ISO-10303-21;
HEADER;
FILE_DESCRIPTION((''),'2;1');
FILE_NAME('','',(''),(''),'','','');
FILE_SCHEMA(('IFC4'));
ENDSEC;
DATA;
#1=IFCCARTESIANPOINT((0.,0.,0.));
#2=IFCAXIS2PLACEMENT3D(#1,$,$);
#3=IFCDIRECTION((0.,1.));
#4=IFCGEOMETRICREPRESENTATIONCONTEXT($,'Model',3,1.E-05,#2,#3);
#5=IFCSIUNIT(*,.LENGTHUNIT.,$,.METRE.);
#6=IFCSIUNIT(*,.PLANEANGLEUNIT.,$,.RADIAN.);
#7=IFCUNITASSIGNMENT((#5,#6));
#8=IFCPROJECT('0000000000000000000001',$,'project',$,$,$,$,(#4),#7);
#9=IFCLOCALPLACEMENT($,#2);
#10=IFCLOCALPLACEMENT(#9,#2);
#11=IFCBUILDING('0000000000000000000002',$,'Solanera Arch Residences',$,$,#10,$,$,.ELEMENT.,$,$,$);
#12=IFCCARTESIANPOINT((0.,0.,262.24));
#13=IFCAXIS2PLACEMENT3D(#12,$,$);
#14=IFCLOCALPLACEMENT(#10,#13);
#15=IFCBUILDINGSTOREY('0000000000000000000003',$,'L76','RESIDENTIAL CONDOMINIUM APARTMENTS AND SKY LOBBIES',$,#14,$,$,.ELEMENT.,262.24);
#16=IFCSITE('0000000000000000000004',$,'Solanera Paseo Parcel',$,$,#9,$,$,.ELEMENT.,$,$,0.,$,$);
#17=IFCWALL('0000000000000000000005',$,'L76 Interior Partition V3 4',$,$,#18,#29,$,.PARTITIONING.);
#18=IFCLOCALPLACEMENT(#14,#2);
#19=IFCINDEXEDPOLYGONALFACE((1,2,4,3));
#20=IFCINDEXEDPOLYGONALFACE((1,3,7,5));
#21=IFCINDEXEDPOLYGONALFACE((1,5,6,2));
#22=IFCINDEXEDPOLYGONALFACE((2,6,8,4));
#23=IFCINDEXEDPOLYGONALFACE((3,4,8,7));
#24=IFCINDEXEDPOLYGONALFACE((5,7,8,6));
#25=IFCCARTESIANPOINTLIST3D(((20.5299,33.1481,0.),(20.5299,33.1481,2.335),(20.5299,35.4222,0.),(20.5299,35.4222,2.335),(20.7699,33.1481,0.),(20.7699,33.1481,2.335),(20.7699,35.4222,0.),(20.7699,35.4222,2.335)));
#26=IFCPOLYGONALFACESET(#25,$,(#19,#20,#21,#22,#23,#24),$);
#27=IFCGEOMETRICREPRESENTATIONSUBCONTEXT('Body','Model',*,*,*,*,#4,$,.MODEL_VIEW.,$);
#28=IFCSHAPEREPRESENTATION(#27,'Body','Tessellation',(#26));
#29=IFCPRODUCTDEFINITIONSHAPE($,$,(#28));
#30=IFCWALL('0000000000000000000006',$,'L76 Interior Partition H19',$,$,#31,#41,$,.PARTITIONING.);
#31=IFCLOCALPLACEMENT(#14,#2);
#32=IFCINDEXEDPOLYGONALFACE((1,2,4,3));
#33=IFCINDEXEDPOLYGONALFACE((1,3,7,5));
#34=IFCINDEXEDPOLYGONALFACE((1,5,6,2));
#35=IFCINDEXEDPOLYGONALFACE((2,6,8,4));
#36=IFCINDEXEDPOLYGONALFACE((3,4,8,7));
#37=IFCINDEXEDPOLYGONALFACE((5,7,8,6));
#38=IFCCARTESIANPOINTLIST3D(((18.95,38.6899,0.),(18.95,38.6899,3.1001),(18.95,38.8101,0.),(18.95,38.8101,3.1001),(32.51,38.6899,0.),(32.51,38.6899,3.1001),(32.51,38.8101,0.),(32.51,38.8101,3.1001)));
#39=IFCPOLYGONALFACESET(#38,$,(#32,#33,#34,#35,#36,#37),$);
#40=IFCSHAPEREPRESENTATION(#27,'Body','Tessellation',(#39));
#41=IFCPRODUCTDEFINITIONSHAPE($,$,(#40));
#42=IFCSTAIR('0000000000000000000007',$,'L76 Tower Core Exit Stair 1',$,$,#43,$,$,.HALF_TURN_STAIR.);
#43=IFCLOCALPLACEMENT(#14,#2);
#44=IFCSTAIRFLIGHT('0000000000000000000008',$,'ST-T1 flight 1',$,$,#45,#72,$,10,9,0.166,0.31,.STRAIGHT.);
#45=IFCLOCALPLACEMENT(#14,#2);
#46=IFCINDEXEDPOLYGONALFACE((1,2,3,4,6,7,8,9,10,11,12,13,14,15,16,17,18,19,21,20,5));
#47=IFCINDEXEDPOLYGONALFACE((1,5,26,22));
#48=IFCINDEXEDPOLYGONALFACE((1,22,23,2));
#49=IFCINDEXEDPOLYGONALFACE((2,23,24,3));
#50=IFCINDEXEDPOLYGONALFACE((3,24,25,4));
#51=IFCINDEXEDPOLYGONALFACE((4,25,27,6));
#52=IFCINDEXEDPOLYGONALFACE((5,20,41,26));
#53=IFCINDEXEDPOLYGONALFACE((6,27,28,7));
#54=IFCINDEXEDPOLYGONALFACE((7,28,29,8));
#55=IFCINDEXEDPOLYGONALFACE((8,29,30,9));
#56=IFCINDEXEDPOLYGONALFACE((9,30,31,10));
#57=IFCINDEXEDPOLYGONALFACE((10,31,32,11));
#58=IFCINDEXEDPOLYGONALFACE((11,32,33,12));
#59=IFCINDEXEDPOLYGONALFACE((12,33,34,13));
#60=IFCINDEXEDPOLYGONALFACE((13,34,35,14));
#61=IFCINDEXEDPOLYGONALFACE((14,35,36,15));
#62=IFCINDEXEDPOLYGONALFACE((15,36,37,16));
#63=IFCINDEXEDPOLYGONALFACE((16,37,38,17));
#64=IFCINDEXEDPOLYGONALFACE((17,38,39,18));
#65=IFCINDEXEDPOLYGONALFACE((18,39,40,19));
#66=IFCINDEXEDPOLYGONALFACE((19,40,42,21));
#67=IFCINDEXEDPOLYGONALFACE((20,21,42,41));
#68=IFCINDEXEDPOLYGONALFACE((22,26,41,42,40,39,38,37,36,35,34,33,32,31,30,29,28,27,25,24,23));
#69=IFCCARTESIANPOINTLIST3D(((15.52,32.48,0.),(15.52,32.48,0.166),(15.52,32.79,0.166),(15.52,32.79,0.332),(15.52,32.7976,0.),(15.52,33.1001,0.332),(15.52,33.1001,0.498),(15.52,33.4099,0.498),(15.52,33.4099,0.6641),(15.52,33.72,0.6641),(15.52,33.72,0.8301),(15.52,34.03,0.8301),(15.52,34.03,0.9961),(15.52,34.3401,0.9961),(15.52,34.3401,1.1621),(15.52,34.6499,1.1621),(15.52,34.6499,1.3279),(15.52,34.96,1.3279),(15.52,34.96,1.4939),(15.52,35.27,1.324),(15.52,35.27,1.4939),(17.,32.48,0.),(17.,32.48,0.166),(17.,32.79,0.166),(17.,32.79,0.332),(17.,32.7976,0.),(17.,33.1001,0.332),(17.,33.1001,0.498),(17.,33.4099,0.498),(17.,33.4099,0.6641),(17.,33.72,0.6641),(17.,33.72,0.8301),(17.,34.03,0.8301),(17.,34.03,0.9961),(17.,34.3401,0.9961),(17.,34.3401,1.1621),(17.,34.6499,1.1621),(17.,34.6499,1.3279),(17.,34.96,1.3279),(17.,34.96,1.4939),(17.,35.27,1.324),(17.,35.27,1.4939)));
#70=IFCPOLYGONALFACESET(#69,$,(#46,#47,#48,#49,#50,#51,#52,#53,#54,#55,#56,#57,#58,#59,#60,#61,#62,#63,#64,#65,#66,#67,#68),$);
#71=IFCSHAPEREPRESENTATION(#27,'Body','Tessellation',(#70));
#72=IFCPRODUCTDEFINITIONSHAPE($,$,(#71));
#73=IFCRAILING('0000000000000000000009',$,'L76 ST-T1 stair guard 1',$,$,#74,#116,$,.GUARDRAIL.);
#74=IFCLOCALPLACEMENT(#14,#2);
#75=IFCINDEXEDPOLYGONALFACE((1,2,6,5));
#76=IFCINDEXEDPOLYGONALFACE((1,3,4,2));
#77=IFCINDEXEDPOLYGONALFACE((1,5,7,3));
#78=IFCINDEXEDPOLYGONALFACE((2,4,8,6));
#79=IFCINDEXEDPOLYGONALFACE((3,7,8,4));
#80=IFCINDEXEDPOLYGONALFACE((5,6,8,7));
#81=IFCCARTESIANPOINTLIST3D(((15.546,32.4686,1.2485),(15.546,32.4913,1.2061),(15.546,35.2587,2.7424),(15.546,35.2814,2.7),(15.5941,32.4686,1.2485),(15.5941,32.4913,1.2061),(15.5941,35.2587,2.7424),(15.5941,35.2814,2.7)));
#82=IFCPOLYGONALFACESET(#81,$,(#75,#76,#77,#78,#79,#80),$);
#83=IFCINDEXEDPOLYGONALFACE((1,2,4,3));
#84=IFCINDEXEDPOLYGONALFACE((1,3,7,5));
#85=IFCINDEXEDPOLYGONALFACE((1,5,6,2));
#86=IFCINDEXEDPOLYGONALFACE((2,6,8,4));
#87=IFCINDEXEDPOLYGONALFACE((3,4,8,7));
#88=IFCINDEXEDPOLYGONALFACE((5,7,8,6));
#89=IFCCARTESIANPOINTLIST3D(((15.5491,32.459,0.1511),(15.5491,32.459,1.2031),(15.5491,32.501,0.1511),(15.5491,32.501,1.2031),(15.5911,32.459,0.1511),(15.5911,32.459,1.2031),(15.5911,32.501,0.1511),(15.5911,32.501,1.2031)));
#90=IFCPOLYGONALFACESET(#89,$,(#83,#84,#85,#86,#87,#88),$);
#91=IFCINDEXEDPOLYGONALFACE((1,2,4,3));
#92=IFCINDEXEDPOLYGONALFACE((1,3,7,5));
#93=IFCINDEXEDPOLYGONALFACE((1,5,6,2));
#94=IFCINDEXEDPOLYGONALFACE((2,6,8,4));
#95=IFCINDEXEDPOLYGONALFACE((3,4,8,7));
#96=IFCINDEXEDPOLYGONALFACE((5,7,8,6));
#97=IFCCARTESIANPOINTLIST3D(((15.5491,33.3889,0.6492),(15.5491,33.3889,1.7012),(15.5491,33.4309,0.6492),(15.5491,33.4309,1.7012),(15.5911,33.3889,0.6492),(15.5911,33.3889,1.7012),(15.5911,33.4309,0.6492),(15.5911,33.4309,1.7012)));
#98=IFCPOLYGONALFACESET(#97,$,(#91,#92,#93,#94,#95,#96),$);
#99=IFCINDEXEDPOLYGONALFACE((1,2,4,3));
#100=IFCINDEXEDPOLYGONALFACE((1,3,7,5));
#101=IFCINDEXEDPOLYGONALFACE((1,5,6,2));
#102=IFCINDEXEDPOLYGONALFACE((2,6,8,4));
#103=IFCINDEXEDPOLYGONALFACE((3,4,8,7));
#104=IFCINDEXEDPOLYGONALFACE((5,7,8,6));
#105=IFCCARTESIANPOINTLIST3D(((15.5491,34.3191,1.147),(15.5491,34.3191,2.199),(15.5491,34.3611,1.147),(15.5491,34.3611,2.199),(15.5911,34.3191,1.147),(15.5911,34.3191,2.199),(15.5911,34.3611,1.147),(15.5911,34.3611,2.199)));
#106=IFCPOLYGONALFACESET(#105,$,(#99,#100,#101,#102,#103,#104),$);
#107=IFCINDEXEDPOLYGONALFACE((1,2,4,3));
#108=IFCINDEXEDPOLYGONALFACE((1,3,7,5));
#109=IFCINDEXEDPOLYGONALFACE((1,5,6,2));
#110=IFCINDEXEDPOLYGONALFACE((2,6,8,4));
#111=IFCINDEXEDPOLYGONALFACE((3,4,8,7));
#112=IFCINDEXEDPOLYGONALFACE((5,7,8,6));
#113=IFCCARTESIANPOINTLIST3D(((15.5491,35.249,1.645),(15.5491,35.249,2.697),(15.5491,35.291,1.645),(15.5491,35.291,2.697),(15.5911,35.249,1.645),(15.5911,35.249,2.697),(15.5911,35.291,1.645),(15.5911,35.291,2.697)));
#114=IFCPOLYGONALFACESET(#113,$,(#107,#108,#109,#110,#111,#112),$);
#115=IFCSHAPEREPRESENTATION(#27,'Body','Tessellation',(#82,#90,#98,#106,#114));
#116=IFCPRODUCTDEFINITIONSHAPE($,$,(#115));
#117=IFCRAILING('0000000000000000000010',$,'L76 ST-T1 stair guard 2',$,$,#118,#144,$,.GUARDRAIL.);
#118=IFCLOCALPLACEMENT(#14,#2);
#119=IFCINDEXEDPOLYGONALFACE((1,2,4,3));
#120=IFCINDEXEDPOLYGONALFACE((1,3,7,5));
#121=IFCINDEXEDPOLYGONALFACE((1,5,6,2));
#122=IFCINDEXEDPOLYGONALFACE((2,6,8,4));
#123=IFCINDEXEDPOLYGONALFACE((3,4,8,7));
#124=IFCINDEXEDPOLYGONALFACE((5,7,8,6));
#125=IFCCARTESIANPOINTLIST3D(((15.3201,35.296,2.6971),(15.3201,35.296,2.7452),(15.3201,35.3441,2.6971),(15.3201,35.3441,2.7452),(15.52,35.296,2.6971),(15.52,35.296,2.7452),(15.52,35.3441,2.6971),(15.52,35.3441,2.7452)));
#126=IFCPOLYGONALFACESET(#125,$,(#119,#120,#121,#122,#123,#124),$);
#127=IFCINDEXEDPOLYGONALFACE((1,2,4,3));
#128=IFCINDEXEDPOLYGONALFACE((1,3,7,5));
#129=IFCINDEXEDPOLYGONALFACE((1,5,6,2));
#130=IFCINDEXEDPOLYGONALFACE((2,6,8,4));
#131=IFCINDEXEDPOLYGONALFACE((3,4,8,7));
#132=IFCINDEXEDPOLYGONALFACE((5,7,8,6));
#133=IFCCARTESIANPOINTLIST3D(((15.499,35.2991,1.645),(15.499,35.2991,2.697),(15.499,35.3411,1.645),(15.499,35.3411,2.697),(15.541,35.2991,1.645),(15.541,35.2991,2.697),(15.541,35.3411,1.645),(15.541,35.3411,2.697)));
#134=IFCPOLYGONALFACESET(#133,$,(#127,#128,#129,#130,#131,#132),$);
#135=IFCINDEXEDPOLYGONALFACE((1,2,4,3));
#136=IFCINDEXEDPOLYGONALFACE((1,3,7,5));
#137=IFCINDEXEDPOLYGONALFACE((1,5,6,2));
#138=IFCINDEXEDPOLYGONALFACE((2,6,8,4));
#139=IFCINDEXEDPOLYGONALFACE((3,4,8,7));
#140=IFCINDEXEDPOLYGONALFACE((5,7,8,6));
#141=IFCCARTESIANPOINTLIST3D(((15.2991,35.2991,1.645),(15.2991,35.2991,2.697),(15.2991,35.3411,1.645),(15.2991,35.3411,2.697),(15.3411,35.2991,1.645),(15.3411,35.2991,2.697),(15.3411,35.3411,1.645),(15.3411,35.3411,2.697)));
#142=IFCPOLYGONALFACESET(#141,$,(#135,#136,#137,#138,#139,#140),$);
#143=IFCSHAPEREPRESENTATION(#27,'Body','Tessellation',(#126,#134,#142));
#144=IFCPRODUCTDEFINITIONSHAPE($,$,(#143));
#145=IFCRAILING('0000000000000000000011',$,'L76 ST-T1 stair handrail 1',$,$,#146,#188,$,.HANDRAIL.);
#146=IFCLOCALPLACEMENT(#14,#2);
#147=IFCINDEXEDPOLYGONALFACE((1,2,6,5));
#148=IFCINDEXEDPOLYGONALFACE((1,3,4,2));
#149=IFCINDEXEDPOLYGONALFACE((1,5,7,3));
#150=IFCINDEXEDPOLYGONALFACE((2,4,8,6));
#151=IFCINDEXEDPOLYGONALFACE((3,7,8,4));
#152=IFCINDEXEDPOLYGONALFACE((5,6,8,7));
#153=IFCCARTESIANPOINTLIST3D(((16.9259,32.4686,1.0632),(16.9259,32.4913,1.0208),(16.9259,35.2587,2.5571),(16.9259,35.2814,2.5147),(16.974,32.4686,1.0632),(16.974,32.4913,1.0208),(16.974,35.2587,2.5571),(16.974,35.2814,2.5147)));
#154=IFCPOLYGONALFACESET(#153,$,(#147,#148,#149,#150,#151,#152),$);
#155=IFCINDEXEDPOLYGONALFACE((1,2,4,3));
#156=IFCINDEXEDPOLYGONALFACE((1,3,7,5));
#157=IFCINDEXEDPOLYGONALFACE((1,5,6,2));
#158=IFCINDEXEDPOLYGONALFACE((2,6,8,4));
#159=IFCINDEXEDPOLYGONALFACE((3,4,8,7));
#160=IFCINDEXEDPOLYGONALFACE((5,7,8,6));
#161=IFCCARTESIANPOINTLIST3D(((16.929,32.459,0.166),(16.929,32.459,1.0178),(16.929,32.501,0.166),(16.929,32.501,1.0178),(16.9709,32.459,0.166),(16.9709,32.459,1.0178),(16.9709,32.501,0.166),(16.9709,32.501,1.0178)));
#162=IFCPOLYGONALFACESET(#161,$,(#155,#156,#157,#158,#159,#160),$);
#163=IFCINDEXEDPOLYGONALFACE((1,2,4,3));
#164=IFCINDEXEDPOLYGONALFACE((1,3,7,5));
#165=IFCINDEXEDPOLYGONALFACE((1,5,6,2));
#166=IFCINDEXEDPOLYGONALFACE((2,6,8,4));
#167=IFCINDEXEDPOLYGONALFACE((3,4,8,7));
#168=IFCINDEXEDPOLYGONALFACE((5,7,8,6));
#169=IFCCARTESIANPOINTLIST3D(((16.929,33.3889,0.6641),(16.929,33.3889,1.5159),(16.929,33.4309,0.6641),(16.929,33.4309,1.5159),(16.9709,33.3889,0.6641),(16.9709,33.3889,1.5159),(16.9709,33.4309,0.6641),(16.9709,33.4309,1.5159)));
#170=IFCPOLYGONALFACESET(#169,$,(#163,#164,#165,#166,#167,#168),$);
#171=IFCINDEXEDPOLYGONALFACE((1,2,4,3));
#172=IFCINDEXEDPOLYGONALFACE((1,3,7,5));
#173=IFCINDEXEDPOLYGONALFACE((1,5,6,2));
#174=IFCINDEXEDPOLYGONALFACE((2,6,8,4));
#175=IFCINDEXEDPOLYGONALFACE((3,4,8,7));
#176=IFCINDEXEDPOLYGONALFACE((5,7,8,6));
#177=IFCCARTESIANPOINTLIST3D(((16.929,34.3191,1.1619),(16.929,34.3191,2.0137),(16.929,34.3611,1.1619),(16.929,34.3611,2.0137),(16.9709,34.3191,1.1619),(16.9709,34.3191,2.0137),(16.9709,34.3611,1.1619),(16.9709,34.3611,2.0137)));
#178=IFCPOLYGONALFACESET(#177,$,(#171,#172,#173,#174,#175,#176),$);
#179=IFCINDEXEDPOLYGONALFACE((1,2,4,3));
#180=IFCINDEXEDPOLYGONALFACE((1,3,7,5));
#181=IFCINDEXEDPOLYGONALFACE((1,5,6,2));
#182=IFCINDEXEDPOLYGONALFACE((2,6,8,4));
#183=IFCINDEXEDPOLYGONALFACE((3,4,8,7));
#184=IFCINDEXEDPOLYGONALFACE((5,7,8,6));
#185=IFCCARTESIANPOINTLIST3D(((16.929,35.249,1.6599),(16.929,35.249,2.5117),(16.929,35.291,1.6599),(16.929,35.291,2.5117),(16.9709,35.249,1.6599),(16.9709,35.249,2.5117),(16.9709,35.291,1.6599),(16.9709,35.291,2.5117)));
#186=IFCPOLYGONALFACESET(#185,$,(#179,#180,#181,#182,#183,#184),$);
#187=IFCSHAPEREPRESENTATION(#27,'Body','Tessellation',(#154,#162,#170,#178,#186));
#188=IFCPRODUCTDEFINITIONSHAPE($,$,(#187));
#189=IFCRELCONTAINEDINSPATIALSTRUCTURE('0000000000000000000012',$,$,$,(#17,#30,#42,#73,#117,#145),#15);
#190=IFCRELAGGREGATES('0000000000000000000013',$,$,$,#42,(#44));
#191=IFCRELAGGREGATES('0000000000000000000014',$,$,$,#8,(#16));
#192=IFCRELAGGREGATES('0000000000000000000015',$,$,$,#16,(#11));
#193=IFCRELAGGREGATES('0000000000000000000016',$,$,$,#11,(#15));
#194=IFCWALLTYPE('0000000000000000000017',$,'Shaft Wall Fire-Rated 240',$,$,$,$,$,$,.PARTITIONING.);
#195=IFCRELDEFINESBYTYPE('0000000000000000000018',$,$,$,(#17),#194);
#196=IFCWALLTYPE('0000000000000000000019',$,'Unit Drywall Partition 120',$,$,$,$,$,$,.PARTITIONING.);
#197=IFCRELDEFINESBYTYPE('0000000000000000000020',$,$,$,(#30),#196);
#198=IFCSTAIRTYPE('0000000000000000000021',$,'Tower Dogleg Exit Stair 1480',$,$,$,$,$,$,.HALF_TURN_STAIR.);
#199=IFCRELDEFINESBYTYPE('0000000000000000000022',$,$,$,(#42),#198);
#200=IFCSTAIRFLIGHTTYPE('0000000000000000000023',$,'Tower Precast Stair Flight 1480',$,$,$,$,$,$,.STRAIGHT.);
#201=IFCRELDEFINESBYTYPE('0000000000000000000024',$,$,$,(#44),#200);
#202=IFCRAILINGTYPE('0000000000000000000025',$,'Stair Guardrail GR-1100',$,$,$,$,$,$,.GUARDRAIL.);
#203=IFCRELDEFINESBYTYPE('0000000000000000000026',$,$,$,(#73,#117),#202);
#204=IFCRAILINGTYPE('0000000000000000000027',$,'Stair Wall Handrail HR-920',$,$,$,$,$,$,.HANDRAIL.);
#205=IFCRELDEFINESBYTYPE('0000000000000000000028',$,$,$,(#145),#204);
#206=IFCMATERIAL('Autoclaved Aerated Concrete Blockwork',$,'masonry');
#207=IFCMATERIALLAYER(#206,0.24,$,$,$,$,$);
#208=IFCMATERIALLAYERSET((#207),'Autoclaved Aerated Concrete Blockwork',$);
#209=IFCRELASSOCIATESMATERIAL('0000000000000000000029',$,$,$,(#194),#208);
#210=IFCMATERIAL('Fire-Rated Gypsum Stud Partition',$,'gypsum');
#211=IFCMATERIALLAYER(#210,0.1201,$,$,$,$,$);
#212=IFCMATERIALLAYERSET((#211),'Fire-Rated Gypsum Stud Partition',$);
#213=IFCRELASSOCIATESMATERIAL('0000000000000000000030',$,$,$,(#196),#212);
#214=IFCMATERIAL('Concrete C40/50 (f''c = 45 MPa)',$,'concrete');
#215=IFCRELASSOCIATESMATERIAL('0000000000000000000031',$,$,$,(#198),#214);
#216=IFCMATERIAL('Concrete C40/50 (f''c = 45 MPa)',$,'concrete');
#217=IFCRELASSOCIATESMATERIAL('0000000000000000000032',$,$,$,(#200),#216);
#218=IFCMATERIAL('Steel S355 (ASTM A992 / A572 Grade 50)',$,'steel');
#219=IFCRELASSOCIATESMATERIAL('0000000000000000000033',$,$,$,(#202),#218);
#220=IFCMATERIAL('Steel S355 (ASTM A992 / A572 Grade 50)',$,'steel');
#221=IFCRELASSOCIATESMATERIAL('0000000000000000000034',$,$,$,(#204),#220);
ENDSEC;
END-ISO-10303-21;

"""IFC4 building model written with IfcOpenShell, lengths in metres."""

from ifc_helpers import new_model, si_unit, direction, frame, frame_2d, origin, origin_2d, place, context, subcontext, project, spatial, polyline, rectangle, outline, extrude, material, layer, layer_set, type_object, element, aggregate, save


model = new_model("IFC4")

# Units and contexts
model_context = context("Model", 3, precision=1e-05, world=origin(), true_north=direction((0.0, 1.0)))
body_context = subcontext(model_context, "Body", "Model", "MODEL_VIEW")
ifc_project = project(units=[si_unit("LENGTHUNIT", "METRE"), si_unit("PLANEANGLEUNIT", "RADIAN")], contexts=[model_context])

# Site, building, storey
site_placement = place(None, origin())
site = spatial("IfcSite", under=ifc_project, at=site_placement, Name="Solanera Paseo Parcel", CompositionType="ELEMENT", RefElevation=0.0)
building_placement = place(site_placement, origin())
building = spatial("IfcBuilding", under=site, at=building_placement, Name="Solanera Arch Residences", CompositionType="ELEMENT")
storey_placement = place(building_placement, frame((0.0, 0.0, 262.24)))
storey = spatial("IfcBuildingStorey", under=building, at=storey_placement, Name="L76", Description="RESIDENTIAL CONDOMINIUM APARTMENTS AND SKY LOBBIES", CompositionType="ELEMENT", Elevation=262.24)

# Shared definitions
ifc_material_1 = material(Name="Autoclaved Aerated Concrete Blockwork", Category="masonry")
ifc_layer_1 = layer(ifc_material_1, 0.24)
ifc_layer_set_1 = layer_set([ifc_layer_1], Name="Autoclaved Aerated Concrete Blockwork")
wall_type_1 = type_object("IfcWallType", Name="Shaft Wall Fire-Rated 240", PredefinedType="PARTITIONING", material=ifc_layer_set_1)

# Walls
wall_1_placement = place(storey_placement, frame((20.6499, 33.1479, 0.0), z_axis=(0.0, 0.0, 1.0), x_axis=(0.0, 1.0, 0.0)))
element("IfcWall", 1, at=wall_1_placement, inside=storey, type_object=wall_type_1, Name="L76 Interior Partition V3 4", PredefinedType="PARTITIONING", context=body_context, shape_type="SweptSolid", body=[
    extrude(rectangle(XDim=2.2742, YDim=0.24, at=frame_2d((1.1372, 0.0))), origin(), (0.0, 0.0, 1.0), 2.335),
])
ifc_material_2 = material(Name="Fire-Rated Gypsum Stud Partition", Category="gypsum")
ifc_layer_2 = layer(ifc_material_2, 0.1201)
ifc_layer_set_2 = layer_set([ifc_layer_2], Name="Fire-Rated Gypsum Stud Partition")
wall_type_2 = type_object("IfcWallType", Name="Unit Drywall Partition 120", PredefinedType="PARTITIONING", material=ifc_layer_set_2)
wall_2_placement = place(storey_placement, frame((18.95, 38.75, 0.0), z_axis=(0.0, 0.0, 1.0), x_axis=(1.0, 0.0, 0.0)))
element("IfcWall", 2, at=wall_2_placement, inside=storey, type_object=wall_type_2, Name="L76 Interior Partition H19", PredefinedType="PARTITIONING", context=body_context, shape_type="SweptSolid", body=[
    extrude(rectangle(XDim=13.5601, YDim=0.1201, at=frame_2d((6.78, 0.0))), origin(), (0.0, 0.0, 1.0), 3.1001),
])

# Stair, stair flight
ifc_material_3 = material(Name="Concrete C40/50 (f'c = 45 MPa)", Category="concrete")
stair_type = type_object("IfcStairType", Name="Tower Dogleg Exit Stair 1480", PredefinedType="HALF_TURN_STAIR", material=ifc_material_3)
stair_placement = place(storey_placement, origin())
stair = element("IfcStair", 3, at=stair_placement, inside=storey, type_object=stair_type, Name="L76 Tower Core Exit Stair 1", PredefinedType="HALF_TURN_STAIR")
ifc_material_4 = material(Name="Concrete C40/50 (f'c = 45 MPa)", Category="concrete")
stair_flight_type = type_object("IfcStairFlightType", Name="Tower Precast Stair Flight 1480", PredefinedType="STRAIGHT", material=ifc_material_4)
stair_flight_placement = place(storey_placement, frame((16.26, 32.48, 0.0), z_axis=(0.0, 0.0, 1.0), x_axis=(0.0, 1.0, 0.0)))
stair_flight = element("IfcStairFlight", 4, at=stair_flight_placement, type_object=stair_flight_type, Name="ST-T1 flight 1", NumberOfRisers=10, NumberOfTreads=9, PredefinedType="STRAIGHT", RiserHeight=0.166, TreadLength=0.31, context=body_context, shape_type="SweptSolid", body=[
    extrude(outline(polyline([(0.0, 0.0), (0.0, 0.166), (0.3101, 0.166), (0.3101, 0.332), (0.6201, 0.332), (0.6201, 0.498), (0.9299, 0.498), (0.9299, 0.6641), (1.24, 0.6641), (1.24, 0.8301), (1.55, 0.8301), (1.55, 0.9961), (1.8601, 0.9961), (1.8601, 1.1621), (2.1699, 1.1621), (2.1699, 1.3279), (2.48, 1.3279), (2.48, 1.4939), (2.79, 1.4939), (2.79, 1.6599), (2.79, 1.324), (0.3176, 0.0), (0.0, 0.0)])), frame((0.0, 0.74, 0.0), z_axis=(0.0, -1.0, 0.0), x_axis=(1.0, 0.0, 0.0)), (0.0, 0.0, 1.0), 1.48),
])
aggregate(stair, [stair_flight])

# Railings
ifc_material_5 = material(Name="Steel S355 (ASTM A992 / A572 Grade 50)", Category="steel")
railing_type_1 = type_object("IfcRailingType", Name="Stair Guardrail GR-1100", PredefinedType="GUARDRAIL", material=ifc_material_5)
railing_1_placement = place(storey_placement, frame((15.5701, 32.48, 0.1511)))
element("IfcRailing", 5, at=railing_1_placement, inside=storey, type_object=railing_type_1, Name="L76 ST-T1 stair guard 1", PredefinedType="GUARDRAIL", context=body_context, shape_type="SweptSolid", body=[
    extrude(rectangle(XDim=0.0481, YDim=0.0481, at=origin_2d()), frame((0.0, 0.0, 1.0762), z_axis=(0.0, 0.881581, 0.472033), x_axis=(-1.0, 0.0, 0.0)), (0.0, 0.0, 1.0), 3.1648),
    extrude(rectangle(XDim=0.042, YDim=0.042, at=origin_2d()), origin(), (0.0, 0.0, 1.0), 1.052),
    extrude(rectangle(XDim=0.042, YDim=0.042, at=origin_2d()), frame((0.0, 0.9299, 0.498)), (0.0, 0.0, 1.0), 1.052),
    extrude(rectangle(XDim=0.042, YDim=0.042, at=origin_2d()), frame((0.0, 1.8601, 0.9958)), (0.0, 0.0, 1.0), 1.052),
    extrude(rectangle(XDim=0.042, YDim=0.042, at=origin_2d()), frame((0.0, 2.79, 1.4939)), (0.0, 0.0, 1.0), 1.052),
])
railing_2_placement = place(storey_placement, frame((15.52, 35.3201, 1.645)))
element("IfcRailing", 6, at=railing_2_placement, inside=storey, type_object=railing_type_1, Name="L76 ST-T1 stair guard 2", PredefinedType="GUARDRAIL", context=body_context, shape_type="SweptSolid", body=[
    extrude(rectangle(XDim=0.0481, YDim=0.0481, at=origin_2d()), frame((0.0, 0.0, 1.0762), z_axis=(-1.0, 0.0, 0.0), x_axis=(0.0, -1.0, 0.0)), (0.0, 0.0, 1.0), 0.2),
    extrude(rectangle(XDim=0.042, YDim=0.042, at=origin_2d()), origin(), (0.0, 0.0, 1.0), 1.052),
    extrude(rectangle(XDim=0.042, YDim=0.042, at=origin_2d()), frame((-0.2, 0.0, 0.0)), (0.0, 0.0, 1.0), 1.052),
])
ifc_material_6 = material(Name="Steel S355 (ASTM A992 / A572 Grade 50)", Category="steel")
railing_type_2 = type_object("IfcRailingType", Name="Stair Wall Handrail HR-920", PredefinedType="HANDRAIL", material=ifc_material_6)
railing_3_placement = place(storey_placement, frame((16.95, 32.48, 0.166)))
element("IfcRailing", 7, at=railing_3_placement, inside=storey, type_object=railing_type_2, Name="L76 ST-T1 stair handrail 1", PredefinedType="HANDRAIL", context=body_context, shape_type="SweptSolid", body=[
    extrude(rectangle(XDim=0.0481, YDim=0.0481, at=origin_2d()), frame((0.0, 0.0, 0.876), z_axis=(0.0, 0.881581, 0.472033), x_axis=(-1.0, 0.0, 0.0)), (0.0, 0.0, 1.0), 3.1648),
    extrude(rectangle(XDim=0.042, YDim=0.042, at=origin_2d()), origin(), (0.0, 0.0, 1.0), 0.8518),
    extrude(rectangle(XDim=0.042, YDim=0.042, at=origin_2d()), frame((0.0, 0.9299, 0.498)), (0.0, 0.0, 1.0), 0.8518),
    extrude(rectangle(XDim=0.042, YDim=0.042, at=origin_2d()), frame((0.0, 1.8601, 0.9958)), (0.0, 0.0, 1.0), 0.8518),
    extrude(rectangle(XDim=0.042, YDim=0.042, at=origin_2d()), frame((0.0, 2.79, 1.4939)), (0.0, 0.0, 1.0), 0.8518),
])

save(model, "model.ifc")
